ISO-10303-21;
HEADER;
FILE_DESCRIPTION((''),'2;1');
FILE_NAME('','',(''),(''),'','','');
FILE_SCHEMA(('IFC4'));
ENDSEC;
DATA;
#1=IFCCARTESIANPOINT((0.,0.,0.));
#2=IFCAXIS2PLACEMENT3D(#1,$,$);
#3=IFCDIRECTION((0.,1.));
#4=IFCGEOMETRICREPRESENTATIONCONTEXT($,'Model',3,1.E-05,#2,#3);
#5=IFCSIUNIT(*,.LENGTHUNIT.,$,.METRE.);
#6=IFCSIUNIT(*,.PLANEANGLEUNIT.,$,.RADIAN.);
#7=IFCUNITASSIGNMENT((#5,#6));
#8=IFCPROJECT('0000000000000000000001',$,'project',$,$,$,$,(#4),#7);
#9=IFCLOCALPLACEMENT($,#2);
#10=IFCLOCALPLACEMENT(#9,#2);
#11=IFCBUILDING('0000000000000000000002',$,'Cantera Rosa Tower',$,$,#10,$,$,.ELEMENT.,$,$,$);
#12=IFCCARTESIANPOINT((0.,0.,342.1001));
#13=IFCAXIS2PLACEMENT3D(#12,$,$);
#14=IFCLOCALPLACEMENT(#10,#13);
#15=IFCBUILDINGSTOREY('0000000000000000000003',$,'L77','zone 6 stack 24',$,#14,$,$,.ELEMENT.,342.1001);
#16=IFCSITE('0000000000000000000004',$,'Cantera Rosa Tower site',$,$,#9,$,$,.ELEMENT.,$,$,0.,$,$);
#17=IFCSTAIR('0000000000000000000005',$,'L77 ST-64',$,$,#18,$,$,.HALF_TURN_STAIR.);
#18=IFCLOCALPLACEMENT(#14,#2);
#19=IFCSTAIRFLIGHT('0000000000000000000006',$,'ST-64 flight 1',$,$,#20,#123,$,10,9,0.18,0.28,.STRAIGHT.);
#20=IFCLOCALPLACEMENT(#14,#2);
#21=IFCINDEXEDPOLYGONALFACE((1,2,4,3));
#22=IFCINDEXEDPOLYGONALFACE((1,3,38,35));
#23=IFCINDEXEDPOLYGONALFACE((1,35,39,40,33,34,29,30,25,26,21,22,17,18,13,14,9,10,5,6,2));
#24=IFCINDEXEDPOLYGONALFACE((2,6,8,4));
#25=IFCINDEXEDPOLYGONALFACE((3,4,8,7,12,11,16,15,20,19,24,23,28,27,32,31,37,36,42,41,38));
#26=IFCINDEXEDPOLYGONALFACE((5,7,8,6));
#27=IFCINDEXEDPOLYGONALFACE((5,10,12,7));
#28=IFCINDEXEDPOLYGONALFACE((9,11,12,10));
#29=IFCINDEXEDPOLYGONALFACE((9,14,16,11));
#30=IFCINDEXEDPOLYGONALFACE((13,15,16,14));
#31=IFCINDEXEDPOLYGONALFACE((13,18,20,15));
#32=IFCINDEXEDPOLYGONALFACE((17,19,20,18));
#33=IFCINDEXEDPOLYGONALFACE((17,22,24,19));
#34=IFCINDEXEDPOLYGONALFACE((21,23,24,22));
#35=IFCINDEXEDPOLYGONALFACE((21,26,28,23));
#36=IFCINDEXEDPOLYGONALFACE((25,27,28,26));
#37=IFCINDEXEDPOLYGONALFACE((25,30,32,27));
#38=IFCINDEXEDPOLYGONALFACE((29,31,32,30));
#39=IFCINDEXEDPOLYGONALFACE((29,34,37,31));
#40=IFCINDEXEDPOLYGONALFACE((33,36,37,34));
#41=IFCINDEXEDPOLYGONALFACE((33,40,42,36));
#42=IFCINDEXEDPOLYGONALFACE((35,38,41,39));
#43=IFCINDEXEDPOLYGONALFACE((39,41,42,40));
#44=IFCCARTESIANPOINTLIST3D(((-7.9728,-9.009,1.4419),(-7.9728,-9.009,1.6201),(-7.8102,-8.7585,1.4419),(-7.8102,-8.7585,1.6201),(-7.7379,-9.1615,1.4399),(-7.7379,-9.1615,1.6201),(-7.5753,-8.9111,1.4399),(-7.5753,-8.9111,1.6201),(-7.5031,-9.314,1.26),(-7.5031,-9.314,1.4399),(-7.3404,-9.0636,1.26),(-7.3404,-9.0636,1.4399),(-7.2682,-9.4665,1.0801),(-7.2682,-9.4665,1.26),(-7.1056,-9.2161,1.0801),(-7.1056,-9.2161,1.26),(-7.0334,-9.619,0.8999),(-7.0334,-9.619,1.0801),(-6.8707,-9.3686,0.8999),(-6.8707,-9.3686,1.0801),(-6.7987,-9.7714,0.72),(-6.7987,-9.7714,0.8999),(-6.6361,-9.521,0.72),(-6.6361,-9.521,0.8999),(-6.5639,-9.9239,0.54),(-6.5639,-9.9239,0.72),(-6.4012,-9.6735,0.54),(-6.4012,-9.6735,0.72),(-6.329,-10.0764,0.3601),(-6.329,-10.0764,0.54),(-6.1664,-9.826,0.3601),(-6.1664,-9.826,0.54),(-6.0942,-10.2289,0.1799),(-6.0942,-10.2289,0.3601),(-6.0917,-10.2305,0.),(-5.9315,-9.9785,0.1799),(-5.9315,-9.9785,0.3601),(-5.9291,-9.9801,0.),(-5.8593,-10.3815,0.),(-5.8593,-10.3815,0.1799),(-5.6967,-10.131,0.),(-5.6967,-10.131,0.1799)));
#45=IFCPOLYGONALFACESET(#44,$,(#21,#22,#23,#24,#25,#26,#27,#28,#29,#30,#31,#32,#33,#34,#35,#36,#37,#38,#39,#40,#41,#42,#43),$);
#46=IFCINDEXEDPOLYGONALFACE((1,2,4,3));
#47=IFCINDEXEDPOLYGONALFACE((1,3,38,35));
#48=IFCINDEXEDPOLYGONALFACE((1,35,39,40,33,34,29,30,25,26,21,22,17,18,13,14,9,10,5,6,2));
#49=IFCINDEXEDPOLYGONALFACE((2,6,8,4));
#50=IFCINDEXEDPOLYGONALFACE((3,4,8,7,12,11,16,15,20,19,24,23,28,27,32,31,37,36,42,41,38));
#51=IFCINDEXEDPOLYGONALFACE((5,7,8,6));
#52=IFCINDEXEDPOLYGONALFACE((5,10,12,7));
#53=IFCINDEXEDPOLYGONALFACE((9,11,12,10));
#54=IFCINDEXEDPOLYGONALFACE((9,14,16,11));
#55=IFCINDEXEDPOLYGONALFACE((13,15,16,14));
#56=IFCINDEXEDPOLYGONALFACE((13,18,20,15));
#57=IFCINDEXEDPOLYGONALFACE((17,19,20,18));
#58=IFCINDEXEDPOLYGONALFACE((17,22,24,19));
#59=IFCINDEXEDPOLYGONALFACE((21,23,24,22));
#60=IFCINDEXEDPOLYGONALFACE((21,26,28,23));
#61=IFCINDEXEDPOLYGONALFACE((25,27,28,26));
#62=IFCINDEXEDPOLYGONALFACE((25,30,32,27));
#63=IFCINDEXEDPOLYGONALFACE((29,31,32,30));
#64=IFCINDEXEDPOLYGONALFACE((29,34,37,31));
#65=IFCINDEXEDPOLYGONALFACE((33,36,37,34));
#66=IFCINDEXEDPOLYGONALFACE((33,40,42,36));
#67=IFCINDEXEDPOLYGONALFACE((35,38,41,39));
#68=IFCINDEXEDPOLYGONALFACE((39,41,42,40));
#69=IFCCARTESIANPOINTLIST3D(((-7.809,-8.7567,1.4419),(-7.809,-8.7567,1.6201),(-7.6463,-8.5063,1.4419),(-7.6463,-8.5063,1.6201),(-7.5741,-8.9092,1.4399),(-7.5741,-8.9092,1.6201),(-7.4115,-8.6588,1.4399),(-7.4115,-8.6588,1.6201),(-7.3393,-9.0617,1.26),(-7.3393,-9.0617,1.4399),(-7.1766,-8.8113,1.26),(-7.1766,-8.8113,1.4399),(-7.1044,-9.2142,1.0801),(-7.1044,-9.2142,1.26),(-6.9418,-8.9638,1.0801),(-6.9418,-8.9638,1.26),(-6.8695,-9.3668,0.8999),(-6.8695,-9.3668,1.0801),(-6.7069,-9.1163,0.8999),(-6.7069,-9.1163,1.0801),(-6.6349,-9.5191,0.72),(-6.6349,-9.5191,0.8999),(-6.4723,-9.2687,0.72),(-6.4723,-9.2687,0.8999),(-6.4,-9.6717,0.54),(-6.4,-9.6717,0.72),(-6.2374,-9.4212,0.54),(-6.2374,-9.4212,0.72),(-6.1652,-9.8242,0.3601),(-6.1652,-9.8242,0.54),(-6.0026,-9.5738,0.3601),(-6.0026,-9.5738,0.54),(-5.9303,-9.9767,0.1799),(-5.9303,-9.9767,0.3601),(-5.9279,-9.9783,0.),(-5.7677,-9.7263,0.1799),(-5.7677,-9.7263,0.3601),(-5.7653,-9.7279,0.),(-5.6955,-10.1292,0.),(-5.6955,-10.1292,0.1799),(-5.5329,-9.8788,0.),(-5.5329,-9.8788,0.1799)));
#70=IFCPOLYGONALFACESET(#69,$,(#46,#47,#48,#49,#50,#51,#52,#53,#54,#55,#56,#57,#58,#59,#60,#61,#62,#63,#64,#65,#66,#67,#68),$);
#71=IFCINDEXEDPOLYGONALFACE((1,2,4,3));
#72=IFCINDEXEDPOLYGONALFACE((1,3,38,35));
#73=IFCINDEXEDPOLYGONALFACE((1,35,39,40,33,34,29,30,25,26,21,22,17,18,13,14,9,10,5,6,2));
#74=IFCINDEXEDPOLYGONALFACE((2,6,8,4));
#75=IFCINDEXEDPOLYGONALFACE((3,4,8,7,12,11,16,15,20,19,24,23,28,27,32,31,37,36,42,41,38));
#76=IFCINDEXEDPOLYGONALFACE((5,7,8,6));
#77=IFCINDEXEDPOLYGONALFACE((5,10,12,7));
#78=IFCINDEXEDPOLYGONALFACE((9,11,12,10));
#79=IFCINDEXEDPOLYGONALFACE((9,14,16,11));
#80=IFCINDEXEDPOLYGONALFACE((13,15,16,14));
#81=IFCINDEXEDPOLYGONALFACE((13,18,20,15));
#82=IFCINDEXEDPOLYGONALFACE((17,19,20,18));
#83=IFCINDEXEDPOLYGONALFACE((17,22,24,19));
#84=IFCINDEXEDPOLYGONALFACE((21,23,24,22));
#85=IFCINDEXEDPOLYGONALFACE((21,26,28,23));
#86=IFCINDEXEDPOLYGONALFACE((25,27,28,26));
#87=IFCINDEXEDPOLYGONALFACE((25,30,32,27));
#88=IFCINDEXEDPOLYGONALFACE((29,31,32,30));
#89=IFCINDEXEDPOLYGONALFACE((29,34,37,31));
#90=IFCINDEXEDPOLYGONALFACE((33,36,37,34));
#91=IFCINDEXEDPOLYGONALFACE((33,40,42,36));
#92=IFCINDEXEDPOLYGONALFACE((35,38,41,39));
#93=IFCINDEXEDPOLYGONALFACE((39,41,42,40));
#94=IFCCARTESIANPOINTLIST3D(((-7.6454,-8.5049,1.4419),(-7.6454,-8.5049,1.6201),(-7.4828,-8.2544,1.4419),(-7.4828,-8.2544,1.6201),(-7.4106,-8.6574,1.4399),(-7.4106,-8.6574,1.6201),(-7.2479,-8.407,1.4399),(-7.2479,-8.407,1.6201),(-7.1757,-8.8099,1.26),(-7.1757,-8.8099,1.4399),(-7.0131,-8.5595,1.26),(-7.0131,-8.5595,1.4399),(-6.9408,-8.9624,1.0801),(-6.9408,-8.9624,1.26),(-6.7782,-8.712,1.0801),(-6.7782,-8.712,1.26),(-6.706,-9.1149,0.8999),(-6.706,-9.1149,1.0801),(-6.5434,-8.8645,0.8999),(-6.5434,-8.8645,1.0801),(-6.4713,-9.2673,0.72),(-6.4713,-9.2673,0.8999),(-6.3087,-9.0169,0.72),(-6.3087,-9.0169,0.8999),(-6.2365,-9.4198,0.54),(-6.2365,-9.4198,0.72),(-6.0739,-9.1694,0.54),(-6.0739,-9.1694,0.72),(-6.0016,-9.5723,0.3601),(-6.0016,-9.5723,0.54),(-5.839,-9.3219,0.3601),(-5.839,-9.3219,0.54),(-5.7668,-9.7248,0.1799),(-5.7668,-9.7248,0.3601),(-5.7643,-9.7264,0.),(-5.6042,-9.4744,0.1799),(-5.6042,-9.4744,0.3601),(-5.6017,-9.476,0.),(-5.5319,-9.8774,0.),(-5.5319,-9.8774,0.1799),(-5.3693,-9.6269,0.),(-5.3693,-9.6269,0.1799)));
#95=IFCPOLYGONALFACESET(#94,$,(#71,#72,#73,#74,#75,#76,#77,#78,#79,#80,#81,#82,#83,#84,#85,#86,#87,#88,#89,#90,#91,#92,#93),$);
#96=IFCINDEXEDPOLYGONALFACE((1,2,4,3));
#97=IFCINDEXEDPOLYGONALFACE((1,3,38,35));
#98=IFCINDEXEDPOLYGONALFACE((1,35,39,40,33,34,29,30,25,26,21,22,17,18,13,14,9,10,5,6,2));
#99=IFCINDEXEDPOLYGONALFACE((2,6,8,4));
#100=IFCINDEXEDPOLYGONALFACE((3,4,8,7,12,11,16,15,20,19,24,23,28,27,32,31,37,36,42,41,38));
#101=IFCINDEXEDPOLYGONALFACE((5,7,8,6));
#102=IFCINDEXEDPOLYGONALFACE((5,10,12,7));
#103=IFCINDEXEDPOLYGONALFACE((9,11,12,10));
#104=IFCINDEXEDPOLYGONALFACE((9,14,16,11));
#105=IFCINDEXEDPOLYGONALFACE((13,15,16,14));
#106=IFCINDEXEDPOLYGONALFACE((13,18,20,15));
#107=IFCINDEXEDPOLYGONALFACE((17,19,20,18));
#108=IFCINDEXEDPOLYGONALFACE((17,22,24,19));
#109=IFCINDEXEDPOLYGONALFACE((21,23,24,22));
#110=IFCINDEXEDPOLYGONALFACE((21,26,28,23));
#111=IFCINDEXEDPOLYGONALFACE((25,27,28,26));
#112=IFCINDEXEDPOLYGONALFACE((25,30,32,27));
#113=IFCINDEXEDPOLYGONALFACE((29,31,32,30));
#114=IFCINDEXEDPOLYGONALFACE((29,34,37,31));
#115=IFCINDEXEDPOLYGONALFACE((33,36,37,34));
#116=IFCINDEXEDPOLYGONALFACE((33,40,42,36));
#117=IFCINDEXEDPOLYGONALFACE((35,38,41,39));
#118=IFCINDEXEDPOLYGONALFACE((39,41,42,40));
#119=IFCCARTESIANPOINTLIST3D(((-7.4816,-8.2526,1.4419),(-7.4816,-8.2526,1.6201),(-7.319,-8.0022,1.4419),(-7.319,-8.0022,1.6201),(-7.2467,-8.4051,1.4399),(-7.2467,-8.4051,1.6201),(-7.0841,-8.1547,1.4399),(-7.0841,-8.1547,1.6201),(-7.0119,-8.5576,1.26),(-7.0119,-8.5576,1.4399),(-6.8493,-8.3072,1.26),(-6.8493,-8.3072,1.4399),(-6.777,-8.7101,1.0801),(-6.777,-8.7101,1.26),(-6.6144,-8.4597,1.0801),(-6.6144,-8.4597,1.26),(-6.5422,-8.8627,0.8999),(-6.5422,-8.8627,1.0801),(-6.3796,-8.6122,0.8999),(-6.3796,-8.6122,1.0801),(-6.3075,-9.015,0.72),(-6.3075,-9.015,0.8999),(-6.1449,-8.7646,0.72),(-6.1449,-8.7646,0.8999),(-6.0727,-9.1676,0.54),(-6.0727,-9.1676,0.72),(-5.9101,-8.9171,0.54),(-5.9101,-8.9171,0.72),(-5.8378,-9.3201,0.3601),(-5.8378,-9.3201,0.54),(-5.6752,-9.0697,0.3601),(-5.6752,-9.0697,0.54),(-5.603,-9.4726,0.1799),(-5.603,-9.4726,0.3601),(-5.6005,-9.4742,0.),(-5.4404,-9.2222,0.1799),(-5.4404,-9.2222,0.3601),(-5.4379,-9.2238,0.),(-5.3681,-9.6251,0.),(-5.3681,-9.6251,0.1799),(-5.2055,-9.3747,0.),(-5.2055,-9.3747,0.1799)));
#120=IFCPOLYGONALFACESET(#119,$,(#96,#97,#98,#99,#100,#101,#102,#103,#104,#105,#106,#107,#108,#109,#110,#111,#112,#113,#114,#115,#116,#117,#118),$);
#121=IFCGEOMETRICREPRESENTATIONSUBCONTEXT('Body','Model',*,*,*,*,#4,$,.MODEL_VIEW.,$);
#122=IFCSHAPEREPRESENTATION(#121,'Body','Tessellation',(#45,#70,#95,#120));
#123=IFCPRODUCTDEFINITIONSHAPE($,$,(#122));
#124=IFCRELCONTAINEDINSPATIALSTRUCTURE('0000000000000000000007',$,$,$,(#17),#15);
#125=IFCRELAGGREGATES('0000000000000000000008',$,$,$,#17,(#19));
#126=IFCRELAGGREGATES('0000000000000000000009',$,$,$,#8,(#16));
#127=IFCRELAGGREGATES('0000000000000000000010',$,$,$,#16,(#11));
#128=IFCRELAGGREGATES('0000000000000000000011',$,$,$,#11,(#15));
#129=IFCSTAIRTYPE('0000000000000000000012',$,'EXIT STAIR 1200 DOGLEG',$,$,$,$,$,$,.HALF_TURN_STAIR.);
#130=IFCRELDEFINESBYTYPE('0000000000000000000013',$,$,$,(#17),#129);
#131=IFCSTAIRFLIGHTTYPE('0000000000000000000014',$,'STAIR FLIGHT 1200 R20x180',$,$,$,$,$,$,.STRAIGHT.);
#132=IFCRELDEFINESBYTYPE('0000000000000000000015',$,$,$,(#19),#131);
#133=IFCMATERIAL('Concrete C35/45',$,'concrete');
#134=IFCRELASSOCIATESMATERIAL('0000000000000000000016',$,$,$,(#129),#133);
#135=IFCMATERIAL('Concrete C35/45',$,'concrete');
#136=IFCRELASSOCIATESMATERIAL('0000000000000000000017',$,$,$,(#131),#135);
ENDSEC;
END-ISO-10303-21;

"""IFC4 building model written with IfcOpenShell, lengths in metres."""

from ifc_helpers import new_model, si_unit, direction, frame, origin, place, context, subcontext, project, spatial, polyline, outline, extrude, material, type_object, element, aggregate, save


model = new_model("IFC4")

# Units and contexts
model_context = context("Model", 3, precision=1e-05, world=origin(), true_north=direction((0.0, 1.0)))
body_context = subcontext(model_context, "Body", "Model", "MODEL_VIEW")
ifc_project = project(units=[si_unit("LENGTHUNIT", "METRE"), si_unit("PLANEANGLEUNIT", "RADIAN")], contexts=[model_context])

# Site, building, storey
site_placement = place(None, origin())
site = spatial("IfcSite", under=ifc_project, at=site_placement, Name="Cantera Rosa Tower site", CompositionType="ELEMENT", RefElevation=0.0)
building_placement = place(site_placement, origin())
building = spatial("IfcBuilding", under=site, at=building_placement, Name="Cantera Rosa Tower", CompositionType="ELEMENT")
storey_placement = place(building_placement, frame((0.0, 0.0, 342.1001)))
storey = spatial("IfcBuildingStorey", under=building, at=storey_placement, Name="L77", Description="zone 6 stack 24", CompositionType="ELEMENT", Elevation=342.1001)

# Stair, stair flight
ifc_material_1 = material(Name="Concrete C35/45", Category="concrete")
stair_type = type_object("IfcStairType", Name="EXIT STAIR 1200 DOGLEG", PredefinedType="HALF_TURN_STAIR", material=ifc_material_1)
stair_placement = place(storey_placement, origin())
stair = element("IfcStair", 1, at=stair_placement, inside=storey, type_object=stair_type, Name="L77 ST-64", PredefinedType="HALF_TURN_STAIR")
ifc_material_2 = material(Name="Concrete C35/45", Category="concrete")
stair_flight_type = type_object("IfcStairFlightType", Name="STAIR FLIGHT 1200 R20x180", PredefinedType="STRAIGHT", material=ifc_material_2)
stair_flight_1_placement = place(storey_placement, frame((-5.5325, -9.8782, 0.0), z_axis=(0.0, 0.0, 1.0), x_axis=(-0.838671, 0.544639, 0.0)))
stair_flight_1 = element("IfcStairFlight", 2, at=stair_flight_1_placement, type_object=stair_flight_type, Name="ST-64 flight 1", NumberOfRisers=10, NumberOfTreads=9, PredefinedType="STRAIGHT", RiserHeight=0.18, TreadLength=0.28, context=body_context, shape_type="SweptSolid", body=[
    extrude(outline(polyline([(0.0, 0.0), (0.0, 0.1799), (0.28, 0.1799), (0.28, 0.3601), (0.5601, 0.3601), (0.5601, 0.54), (0.8401, 0.54), (0.8401, 0.72), (1.1201, 0.72), (1.1201, 0.8999), (1.3999, 0.8999), (1.3999, 1.0801), (1.6799, 1.0801), (1.6799, 1.26), (1.96, 1.26), (1.96, 1.4399), (2.24, 1.4399), (2.24, 1.6201), (2.52, 1.6201), (2.52, 1.8), (2.52, 1.4419), (0.2771, 0.0), (0.0, 0.0)])), frame((0.0, 0.6001, 0.0), z_axis=(0.0, -1.0, 0.0), x_axis=(1.0, 0.0, 0.0)), (0.0, 0.0, 1.0), 0.2986),
    extrude(outline(polyline([(0.0, 0.0), (0.0, 0.1799), (0.28, 0.1799), (0.28, 0.3601), (0.5601, 0.3601), (0.5601, 0.54), (0.8401, 0.54), (0.8401, 0.72), (1.1201, 0.72), (1.1201, 0.8999), (1.3999, 0.8999), (1.3999, 1.0801), (1.6799, 1.0801), (1.6799, 1.26), (1.96, 1.26), (1.96, 1.4399), (2.24, 1.4399), (2.24, 1.6201), (2.52, 1.6201), (2.52, 1.8), (2.52, 1.4419), (0.2771, 0.0), (0.0, 0.0)])), frame((0.0, 0.2993, 0.0), z_axis=(0.0, -1.0, 0.0), x_axis=(1.0, 0.0, 0.0)), (0.0, 0.0, 1.0), 0.2986),
    extrude(outline(polyline([(0.0, 0.0), (0.0, 0.1799), (0.28, 0.1799), (0.28, 0.3601), (0.5601, 0.3601), (0.5601, 0.54), (0.8401, 0.54), (0.8401, 0.72), (1.1201, 0.72), (1.1201, 0.8999), (1.3999, 0.8999), (1.3999, 1.0801), (1.6799, 1.0801), (1.6799, 1.26), (1.96, 1.26), (1.96, 1.4399), (2.24, 1.4399), (2.24, 1.6201), (2.52, 1.6201), (2.52, 1.8), (2.52, 1.4419), (0.2771, 0.0), (0.0, 0.0)])), frame((0.0, -0.001, 0.0), z_axis=(0.0, -1.0, 0.0), x_axis=(1.0, 0.0, 0.0)), (0.0, 0.0, 1.0), 0.2986),
    extrude(outline(polyline([(0.0, 0.0), (0.0, 0.1799), (0.28, 0.1799), (0.28, 0.3601), (0.5601, 0.3601), (0.5601, 0.54), (0.8401, 0.54), (0.8401, 0.72), (1.1201, 0.72), (1.1201, 0.8999), (1.3999, 0.8999), (1.3999, 1.0801), (1.6799, 1.0801), (1.6799, 1.26), (1.96, 1.26), (1.96, 1.4399), (2.24, 1.4399), (2.24, 1.6201), (2.52, 1.6201), (2.52, 1.8), (2.52, 1.4419), (0.2771, 0.0), (0.0, 0.0)])), frame((0.0, -0.3018, 0.0), z_axis=(0.0, -1.0, 0.0), x_axis=(1.0, 0.0, 0.0)), (0.0, 0.0, 1.0), 0.2986),
])
aggregate(stair, [stair_flight_1])

save(model, "model.ifc")
